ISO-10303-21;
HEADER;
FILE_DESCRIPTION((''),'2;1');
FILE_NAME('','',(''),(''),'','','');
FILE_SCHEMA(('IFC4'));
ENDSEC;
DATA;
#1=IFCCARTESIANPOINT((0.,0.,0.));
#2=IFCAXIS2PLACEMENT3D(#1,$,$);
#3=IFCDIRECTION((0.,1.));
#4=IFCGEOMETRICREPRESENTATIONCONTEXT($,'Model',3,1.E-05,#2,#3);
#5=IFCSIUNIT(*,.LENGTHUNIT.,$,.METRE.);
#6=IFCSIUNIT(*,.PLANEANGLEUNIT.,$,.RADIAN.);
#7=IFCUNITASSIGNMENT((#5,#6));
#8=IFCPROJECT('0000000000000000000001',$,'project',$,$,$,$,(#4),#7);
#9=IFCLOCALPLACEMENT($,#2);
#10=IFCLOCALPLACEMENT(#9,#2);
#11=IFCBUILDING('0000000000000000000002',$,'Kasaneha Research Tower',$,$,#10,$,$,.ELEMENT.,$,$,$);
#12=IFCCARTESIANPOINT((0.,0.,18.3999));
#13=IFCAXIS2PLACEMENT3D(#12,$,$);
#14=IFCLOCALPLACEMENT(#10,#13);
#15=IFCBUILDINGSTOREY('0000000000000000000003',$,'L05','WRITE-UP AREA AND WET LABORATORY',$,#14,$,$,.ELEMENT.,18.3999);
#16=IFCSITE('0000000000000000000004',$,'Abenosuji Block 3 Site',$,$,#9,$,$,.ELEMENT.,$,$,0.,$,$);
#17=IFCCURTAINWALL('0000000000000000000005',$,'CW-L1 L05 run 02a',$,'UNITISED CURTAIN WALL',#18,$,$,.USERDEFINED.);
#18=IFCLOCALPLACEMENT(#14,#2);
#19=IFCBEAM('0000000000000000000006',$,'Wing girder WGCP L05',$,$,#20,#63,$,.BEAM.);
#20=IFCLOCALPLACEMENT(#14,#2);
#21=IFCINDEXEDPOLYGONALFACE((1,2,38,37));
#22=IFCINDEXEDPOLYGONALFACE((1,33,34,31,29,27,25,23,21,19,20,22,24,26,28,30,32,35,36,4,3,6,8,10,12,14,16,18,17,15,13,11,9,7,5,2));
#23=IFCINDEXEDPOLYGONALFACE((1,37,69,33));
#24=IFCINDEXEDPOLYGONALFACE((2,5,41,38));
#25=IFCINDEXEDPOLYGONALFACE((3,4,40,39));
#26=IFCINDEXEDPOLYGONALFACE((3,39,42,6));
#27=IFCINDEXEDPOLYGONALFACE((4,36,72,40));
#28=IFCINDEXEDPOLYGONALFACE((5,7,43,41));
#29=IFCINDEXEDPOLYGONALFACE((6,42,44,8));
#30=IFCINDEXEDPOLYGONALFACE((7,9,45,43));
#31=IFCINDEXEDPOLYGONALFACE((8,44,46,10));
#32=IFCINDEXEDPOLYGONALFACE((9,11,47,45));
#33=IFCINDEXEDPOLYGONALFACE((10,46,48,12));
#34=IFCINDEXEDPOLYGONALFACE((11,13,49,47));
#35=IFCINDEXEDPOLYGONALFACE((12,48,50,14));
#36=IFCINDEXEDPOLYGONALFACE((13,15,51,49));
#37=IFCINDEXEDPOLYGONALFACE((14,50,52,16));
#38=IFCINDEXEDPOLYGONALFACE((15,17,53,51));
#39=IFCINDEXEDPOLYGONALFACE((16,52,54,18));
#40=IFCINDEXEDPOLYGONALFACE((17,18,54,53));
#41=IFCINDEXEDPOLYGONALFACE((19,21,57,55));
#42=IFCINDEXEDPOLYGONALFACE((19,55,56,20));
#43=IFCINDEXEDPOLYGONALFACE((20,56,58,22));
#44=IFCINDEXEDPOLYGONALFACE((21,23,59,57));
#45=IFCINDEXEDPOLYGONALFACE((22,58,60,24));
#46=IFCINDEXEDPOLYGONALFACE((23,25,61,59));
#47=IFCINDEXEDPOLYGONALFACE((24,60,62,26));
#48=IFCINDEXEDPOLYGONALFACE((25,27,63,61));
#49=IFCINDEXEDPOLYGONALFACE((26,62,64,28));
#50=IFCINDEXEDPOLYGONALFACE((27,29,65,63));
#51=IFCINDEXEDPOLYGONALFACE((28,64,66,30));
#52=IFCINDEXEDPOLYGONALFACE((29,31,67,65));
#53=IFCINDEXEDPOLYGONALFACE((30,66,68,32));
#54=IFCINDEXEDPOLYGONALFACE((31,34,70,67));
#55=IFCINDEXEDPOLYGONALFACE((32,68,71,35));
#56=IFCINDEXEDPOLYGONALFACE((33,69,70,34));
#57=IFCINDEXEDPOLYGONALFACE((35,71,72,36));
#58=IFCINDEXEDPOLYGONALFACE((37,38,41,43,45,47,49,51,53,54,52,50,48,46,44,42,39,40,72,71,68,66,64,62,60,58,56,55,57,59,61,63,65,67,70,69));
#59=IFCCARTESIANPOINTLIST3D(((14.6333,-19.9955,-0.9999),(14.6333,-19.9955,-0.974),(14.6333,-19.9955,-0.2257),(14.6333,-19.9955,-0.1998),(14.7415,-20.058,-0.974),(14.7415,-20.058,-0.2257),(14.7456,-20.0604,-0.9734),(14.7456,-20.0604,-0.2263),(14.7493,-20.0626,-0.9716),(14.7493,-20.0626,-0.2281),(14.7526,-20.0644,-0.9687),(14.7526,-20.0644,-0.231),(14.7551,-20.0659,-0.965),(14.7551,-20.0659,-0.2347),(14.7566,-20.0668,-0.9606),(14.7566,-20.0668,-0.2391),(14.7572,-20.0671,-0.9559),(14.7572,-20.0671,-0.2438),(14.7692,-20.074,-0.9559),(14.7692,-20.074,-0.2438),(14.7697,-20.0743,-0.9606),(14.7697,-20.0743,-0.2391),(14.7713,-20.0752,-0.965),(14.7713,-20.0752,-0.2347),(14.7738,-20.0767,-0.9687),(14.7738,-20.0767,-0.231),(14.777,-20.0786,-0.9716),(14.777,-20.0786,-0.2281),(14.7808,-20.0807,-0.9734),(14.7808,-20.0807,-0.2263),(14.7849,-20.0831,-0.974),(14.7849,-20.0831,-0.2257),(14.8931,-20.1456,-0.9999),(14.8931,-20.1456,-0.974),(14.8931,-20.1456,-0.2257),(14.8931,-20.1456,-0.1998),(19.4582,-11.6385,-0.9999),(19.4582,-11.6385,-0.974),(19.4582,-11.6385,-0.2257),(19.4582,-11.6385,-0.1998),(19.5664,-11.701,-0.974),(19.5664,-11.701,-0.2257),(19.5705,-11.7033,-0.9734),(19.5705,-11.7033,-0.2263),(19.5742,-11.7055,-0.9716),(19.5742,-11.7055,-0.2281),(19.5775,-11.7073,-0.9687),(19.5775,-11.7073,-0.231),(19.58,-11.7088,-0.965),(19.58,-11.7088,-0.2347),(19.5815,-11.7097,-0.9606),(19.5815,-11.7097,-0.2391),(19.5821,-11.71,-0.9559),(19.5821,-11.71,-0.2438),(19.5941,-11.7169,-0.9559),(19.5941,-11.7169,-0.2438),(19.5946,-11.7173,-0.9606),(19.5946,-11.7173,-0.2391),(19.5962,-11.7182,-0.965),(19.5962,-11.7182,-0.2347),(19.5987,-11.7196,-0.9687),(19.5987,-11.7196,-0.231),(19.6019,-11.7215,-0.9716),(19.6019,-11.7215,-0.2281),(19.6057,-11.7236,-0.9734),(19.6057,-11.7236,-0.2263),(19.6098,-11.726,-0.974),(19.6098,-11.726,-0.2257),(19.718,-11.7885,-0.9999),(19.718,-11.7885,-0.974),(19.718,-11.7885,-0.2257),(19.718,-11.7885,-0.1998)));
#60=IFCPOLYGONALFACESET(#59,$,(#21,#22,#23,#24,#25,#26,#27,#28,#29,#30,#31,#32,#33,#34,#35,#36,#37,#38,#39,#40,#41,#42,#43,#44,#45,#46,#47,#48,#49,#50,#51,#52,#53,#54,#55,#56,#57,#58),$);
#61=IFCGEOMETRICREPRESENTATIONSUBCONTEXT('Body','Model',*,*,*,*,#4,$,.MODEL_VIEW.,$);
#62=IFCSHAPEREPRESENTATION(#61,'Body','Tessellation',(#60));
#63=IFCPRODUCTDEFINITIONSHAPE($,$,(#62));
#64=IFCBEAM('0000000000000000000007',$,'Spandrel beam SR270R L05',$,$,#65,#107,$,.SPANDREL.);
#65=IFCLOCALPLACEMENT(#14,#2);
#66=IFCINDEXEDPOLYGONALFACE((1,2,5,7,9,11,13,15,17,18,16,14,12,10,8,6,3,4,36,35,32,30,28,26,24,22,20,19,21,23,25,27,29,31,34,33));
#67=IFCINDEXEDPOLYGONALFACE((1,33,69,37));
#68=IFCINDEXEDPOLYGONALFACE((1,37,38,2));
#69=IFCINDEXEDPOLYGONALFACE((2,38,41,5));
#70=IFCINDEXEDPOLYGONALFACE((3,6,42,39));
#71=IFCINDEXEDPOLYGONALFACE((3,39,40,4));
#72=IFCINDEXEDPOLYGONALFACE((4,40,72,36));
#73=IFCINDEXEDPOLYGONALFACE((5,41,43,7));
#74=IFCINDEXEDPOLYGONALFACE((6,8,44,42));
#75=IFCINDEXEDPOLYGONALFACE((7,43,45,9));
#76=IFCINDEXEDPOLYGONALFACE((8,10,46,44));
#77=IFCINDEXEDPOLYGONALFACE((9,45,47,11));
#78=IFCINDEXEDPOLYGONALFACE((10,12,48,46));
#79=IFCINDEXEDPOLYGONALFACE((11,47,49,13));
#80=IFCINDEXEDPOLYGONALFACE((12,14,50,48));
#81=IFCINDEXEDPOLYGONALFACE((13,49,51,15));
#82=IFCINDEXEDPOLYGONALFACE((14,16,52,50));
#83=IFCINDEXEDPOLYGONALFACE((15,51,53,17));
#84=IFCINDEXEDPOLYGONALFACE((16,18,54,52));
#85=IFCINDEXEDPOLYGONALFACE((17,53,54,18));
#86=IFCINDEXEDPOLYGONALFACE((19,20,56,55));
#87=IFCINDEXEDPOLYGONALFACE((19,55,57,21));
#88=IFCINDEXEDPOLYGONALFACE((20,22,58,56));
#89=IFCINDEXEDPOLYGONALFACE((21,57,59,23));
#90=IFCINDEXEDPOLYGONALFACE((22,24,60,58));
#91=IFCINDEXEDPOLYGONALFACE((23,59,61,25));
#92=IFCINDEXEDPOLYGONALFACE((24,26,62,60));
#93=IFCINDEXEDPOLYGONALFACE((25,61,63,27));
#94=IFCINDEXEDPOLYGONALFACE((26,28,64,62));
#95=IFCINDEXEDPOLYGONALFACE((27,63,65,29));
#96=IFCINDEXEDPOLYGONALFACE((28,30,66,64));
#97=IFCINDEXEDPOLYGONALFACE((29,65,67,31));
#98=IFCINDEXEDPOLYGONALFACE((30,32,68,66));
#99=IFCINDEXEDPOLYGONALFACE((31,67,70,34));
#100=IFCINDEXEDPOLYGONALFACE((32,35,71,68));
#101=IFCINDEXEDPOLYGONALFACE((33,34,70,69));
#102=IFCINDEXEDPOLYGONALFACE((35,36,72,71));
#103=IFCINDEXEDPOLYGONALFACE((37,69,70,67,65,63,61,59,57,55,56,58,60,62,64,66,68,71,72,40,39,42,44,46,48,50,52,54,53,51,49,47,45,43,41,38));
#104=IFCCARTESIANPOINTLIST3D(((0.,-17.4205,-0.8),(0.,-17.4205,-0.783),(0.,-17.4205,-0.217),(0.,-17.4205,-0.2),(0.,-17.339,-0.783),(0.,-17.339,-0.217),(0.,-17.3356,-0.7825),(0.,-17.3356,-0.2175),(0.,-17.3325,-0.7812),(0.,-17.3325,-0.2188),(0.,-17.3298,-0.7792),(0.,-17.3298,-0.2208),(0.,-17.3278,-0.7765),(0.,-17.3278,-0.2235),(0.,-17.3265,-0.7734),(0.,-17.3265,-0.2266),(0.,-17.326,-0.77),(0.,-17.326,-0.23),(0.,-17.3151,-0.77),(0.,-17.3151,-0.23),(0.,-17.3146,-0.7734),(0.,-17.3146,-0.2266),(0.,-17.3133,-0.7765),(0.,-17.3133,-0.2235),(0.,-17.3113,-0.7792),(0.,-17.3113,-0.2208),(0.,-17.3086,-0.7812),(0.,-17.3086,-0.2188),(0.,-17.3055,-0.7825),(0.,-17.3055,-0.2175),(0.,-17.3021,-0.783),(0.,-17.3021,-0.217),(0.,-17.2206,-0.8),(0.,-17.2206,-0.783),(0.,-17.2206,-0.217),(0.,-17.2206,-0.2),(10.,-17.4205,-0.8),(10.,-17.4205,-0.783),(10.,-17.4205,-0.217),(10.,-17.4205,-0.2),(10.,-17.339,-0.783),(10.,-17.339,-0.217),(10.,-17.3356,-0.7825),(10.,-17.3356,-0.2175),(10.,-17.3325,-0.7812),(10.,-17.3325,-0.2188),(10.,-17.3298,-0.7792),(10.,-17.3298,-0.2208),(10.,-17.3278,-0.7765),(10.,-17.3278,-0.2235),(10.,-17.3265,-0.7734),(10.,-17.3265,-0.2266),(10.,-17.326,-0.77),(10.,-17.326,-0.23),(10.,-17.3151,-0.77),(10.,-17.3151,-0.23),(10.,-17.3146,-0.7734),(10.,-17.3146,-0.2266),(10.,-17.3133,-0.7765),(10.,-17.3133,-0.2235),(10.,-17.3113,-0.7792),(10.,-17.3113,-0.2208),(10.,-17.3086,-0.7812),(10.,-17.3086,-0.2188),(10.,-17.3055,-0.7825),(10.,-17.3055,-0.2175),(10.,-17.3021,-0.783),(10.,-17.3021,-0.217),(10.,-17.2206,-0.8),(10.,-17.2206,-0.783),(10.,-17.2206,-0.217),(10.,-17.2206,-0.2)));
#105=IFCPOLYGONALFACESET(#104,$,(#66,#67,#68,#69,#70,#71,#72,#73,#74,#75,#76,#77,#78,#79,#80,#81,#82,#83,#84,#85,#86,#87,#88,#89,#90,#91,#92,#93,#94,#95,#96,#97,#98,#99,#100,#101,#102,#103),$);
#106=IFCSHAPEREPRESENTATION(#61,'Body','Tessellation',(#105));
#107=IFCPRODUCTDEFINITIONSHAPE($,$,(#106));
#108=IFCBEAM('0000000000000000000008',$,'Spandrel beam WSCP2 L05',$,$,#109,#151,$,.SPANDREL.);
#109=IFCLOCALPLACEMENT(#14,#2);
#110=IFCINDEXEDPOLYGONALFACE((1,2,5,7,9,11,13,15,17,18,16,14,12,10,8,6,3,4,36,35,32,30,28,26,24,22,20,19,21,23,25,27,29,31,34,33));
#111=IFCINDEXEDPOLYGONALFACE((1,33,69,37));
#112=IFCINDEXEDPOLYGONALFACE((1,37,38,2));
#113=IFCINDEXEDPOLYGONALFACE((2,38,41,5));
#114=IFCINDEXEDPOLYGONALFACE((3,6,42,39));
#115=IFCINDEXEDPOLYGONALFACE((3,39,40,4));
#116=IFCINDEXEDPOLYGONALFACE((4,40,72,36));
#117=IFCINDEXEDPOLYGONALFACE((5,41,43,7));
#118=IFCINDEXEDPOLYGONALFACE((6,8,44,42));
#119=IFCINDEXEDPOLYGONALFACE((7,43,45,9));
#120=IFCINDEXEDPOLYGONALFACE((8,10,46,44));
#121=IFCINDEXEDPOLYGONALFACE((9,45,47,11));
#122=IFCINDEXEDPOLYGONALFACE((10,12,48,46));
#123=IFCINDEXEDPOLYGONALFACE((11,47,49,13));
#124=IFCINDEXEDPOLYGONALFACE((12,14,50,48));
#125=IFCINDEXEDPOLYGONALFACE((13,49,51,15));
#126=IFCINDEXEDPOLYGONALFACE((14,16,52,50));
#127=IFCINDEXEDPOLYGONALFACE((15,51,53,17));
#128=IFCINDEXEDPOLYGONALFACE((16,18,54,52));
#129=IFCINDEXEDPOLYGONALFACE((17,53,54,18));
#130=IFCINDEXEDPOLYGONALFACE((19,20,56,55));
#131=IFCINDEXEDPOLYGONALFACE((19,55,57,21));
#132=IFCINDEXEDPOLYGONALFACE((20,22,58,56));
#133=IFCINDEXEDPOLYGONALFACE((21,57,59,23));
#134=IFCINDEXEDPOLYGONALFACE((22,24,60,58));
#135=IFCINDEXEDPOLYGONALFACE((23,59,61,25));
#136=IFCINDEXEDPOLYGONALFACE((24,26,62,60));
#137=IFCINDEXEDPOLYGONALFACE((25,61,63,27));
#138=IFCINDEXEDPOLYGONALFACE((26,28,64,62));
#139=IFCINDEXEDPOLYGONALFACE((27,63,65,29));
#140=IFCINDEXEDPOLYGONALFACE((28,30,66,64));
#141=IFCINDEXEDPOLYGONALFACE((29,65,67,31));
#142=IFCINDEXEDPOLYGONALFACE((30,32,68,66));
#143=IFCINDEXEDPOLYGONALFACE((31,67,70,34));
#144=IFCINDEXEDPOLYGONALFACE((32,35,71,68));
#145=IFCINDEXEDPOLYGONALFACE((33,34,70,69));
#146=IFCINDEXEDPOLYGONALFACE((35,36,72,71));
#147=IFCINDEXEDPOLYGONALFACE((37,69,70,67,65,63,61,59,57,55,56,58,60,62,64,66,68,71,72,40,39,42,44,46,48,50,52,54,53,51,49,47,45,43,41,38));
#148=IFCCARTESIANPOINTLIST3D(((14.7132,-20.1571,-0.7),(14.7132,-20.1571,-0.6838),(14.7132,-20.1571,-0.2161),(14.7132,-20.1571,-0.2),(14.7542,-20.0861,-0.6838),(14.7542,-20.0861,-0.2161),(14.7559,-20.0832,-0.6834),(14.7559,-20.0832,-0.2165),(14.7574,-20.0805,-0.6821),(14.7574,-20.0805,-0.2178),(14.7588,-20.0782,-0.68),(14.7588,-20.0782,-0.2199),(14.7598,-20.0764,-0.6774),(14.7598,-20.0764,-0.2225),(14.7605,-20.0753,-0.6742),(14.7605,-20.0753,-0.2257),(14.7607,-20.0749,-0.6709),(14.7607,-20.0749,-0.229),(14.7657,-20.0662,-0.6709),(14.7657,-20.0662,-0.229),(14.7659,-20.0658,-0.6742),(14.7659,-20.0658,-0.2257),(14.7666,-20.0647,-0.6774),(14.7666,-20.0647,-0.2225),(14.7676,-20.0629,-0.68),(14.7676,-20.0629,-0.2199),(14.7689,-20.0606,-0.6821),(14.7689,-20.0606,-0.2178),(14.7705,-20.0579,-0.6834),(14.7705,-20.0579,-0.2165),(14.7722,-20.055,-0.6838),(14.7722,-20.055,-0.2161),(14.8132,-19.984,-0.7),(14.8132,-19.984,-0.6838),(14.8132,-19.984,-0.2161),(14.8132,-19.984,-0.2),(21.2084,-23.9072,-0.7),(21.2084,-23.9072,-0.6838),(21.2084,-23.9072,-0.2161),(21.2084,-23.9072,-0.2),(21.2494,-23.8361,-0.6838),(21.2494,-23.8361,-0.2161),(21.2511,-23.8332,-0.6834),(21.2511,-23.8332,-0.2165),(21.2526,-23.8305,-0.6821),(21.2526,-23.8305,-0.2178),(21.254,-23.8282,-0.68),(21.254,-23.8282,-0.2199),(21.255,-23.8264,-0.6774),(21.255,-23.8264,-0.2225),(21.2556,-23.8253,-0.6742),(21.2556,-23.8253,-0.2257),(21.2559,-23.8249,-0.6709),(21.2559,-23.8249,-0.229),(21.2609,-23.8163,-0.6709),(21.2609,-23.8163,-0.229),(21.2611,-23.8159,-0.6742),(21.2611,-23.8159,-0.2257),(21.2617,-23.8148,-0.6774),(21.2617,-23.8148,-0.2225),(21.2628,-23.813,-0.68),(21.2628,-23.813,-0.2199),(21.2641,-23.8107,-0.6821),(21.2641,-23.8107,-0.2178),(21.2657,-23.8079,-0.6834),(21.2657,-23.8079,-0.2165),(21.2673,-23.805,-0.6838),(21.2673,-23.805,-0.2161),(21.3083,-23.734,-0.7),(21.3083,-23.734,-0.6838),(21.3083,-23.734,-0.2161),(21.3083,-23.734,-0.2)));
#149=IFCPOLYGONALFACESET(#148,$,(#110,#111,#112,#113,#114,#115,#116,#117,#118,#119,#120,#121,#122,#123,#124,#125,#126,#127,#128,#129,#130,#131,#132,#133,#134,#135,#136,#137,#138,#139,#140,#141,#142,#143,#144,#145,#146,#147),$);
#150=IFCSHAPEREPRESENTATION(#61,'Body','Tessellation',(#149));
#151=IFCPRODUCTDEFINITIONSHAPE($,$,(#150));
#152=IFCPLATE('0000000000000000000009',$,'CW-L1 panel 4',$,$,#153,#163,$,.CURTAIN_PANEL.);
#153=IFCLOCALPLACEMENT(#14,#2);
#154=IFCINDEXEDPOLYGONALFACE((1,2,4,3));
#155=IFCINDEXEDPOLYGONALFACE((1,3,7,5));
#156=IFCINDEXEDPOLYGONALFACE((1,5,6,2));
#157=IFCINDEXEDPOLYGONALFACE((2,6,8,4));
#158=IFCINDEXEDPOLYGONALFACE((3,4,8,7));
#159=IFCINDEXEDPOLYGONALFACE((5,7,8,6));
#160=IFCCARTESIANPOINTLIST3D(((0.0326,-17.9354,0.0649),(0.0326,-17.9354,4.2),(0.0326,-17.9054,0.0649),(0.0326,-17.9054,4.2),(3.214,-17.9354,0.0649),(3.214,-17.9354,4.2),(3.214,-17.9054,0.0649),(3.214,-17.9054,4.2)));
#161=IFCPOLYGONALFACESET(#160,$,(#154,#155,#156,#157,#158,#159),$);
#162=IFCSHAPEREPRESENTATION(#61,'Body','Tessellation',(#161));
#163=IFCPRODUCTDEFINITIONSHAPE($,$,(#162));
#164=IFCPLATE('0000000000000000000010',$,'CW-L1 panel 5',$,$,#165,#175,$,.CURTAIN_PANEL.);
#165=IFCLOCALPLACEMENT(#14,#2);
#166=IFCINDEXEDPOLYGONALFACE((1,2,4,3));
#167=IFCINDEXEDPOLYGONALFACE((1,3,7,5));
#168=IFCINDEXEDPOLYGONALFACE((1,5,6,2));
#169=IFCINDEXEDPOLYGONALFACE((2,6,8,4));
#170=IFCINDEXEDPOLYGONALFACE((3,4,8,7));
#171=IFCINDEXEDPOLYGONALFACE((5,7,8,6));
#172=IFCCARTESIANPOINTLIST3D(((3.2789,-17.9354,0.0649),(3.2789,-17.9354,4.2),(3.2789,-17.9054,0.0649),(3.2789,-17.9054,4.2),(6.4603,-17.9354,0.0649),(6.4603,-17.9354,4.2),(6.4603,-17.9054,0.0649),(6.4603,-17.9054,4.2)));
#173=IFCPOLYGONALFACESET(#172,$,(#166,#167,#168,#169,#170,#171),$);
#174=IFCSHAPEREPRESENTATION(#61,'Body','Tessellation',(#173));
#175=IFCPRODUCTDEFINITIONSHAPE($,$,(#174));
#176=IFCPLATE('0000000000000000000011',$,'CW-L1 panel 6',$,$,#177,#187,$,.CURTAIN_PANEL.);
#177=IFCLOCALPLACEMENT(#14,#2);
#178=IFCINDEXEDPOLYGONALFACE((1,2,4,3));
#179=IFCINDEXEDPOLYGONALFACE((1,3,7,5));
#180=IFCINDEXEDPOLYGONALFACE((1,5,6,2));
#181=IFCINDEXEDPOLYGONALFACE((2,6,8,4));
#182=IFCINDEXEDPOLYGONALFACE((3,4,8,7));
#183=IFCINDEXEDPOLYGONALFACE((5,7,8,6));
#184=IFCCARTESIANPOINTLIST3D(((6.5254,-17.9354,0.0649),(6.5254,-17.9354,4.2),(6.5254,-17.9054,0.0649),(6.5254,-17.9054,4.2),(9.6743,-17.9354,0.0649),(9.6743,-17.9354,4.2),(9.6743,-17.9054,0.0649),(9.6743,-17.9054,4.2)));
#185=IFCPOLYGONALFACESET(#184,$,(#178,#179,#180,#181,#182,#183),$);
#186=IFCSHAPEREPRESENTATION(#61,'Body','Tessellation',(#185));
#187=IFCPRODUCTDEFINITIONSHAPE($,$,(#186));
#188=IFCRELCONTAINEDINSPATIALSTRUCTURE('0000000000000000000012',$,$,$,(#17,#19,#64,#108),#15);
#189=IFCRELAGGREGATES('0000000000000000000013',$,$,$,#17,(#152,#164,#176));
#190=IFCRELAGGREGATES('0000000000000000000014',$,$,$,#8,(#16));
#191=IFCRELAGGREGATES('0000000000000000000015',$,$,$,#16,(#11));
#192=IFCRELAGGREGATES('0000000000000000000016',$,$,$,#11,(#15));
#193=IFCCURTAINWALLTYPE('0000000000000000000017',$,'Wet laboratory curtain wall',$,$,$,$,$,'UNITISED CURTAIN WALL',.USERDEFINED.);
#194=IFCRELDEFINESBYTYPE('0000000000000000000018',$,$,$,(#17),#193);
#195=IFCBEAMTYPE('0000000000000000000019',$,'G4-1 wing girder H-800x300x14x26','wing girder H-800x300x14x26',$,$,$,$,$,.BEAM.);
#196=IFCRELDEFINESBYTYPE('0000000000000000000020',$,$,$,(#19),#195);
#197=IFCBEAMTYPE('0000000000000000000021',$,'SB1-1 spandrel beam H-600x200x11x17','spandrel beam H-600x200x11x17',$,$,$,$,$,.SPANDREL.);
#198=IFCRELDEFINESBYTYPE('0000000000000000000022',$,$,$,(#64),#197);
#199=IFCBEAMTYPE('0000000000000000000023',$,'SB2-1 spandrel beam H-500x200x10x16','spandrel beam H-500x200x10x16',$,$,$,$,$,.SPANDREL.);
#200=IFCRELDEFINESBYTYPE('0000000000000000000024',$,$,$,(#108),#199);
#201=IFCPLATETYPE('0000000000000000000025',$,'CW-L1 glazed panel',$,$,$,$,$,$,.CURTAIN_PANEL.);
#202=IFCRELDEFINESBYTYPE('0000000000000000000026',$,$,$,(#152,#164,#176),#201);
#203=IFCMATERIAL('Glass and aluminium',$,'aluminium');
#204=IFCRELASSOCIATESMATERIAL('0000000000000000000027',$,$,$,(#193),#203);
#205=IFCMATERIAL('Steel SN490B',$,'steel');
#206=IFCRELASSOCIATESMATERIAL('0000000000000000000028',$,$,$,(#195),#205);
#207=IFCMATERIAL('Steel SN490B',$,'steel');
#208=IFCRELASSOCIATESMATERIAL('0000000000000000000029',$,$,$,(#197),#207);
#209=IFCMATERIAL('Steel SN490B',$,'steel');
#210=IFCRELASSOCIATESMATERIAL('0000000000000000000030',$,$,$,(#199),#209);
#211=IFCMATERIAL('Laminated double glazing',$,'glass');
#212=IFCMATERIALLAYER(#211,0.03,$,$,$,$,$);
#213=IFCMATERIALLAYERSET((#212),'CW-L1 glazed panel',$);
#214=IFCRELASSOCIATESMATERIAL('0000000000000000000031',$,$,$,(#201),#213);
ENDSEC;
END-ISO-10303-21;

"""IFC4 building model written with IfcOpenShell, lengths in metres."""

from ifc_helpers import new_model, si_unit, direction, frame, origin, origin_2d, place, context, subcontext, project, spatial, rectangle, i_section, extrude, material, layer, layer_set, material_profile, profile_set, type_object, element, aggregate, save


model = new_model("IFC4")

# Units and contexts
model_context = context("Model", 3, precision=1e-05, world=origin(), true_north=direction((0.0, 1.0)))
body_context = subcontext(model_context, "Body", "Model", "MODEL_VIEW")
ifc_project = project(units=[si_unit("LENGTHUNIT", "METRE"), si_unit("PLANEANGLEUNIT", "RADIAN")], contexts=[model_context])

# Site, building, storey
site_placement = place(None, origin())
site = spatial("IfcSite", under=ifc_project, at=site_placement, Name="Abenosuji Block 3 Site", CompositionType="ELEMENT", RefElevation=0.0)
building_placement = place(site_placement, origin())
building = spatial("IfcBuilding", under=site, at=building_placement, Name="Kasaneha Research Tower", CompositionType="ELEMENT")
storey_placement = place(building_placement, frame((0.0, 0.0, 18.3999)))
storey = spatial("IfcBuildingStorey", under=building, at=storey_placement, Name="L05", Description="WRITE-UP AREA AND WET LABORATORY", CompositionType="ELEMENT", Elevation=18.3999)

# Curtain wall
ifc_material_1 = material(Name="Glass and aluminium", Category="aluminium")
curtain_wall_type = type_object("IfcCurtainWallType", Name="Wet laboratory curtain wall", ElementType="UNITISED CURTAIN WALL", PredefinedType="USERDEFINED", material=ifc_material_1)
curtain_wall_1_placement = place(storey_placement, origin())
curtain_wall_1 = element("IfcCurtainWall", 1, at=curtain_wall_1_placement, inside=storey, type_object=curtain_wall_type, Name="CW-L1 L05 run 02a", ObjectType="UNITISED CURTAIN WALL", PredefinedType="USERDEFINED")

# Beams
ifc_material_2 = material(Name="Steel SN490B", Category="steel")
ifc_material_profile_1 = material_profile(ifc_material_2, i_section(OverallWidth=0.3, OverallDepth=0.8, WebThickness=0.0139, FlangeThickness=0.0259, FilletRadius=0.0181, at=origin_2d()), Name="H-800x300x14x26")
ifc_profile_set_1 = profile_set([ifc_material_profile_1], Name="Steel SN490B")
beam_type_1 = type_object("IfcBeamType", Name="G4-1 wing girder H-800x300x14x26", Description="wing girder H-800x300x14x26", PredefinedType="BEAM", material=ifc_profile_set_1)
beam_1_placement = place(storey_placement, frame((14.7632, -20.0706, -0.5999), z_axis=(0.499995, 0.866028, 0.0), x_axis=(-0.866028, 0.499995, 0.0)))
element("IfcBeam", 2, at=beam_1_placement, inside=storey, type_object=beam_type_1, Name="Wing girder WGCP L05", PredefinedType="BEAM", context=body_context, shape_type="SweptSolid", body=[
    extrude(i_section(OverallWidth=0.3, OverallDepth=0.8, WebThickness=0.0139, FlangeThickness=0.0259, FilletRadius=0.0181, at=origin_2d()), origin(), (0.0, 0.0, 1.0), 9.6499),
])
ifc_material_3 = material(Name="Steel SN490B", Category="steel")
ifc_material_profile_2 = material_profile(ifc_material_3, i_section(OverallWidth=0.2, OverallDepth=0.6001, WebThickness=0.011, FlangeThickness=0.0171, FilletRadius=0.0129, at=origin_2d()), Name="H-600x200x11x17")
ifc_profile_set_2 = profile_set([ifc_material_profile_2], Name="Steel SN490B")
beam_type_2 = type_object("IfcBeamType", Name="SB1-1 spandrel beam H-600x200x11x17", Description="spandrel beam H-600x200x11x17", PredefinedType="SPANDREL", material=ifc_profile_set_2)
beam_2_placement = place(storey_placement, frame((10.0, -17.3206, -0.5), z_axis=(-1.0, 0.0, 0.0), x_axis=(0.0, -1.0, 0.0)))
element("IfcBeam", 3, at=beam_2_placement, inside=storey, type_object=beam_type_2, Name="Spandrel beam SR270R L05", PredefinedType="SPANDREL", context=body_context, shape_type="SweptSolid", body=[
    extrude(i_section(OverallWidth=0.2, OverallDepth=0.6001, WebThickness=0.011, FlangeThickness=0.0171, FilletRadius=0.0129, at=origin_2d()), origin(), (0.0, 0.0, 1.0), 10.0),
])
ifc_material_4 = material(Name="Steel SN490B", Category="steel")
ifc_material_profile_3 = material_profile(ifc_material_4, i_section(OverallWidth=0.2, OverallDepth=0.5, WebThickness=0.01, FlangeThickness=0.0161, FilletRadius=0.0129, at=origin_2d()), Name="H-500x200x10x16")
ifc_profile_set_3 = profile_set([ifc_material_profile_3], Name="Steel SN490B")
beam_type_3 = type_object("IfcBeamType", Name="SB2-1 spandrel beam H-500x200x10x16", Description="spandrel beam H-500x200x10x16", PredefinedType="SPANDREL", material=ifc_profile_set_3)
beam_3_placement = place(storey_placement, frame((14.7632, -20.0706, -0.45), z_axis=(0.866023, -0.500004, 0.0), x_axis=(0.500004, 0.866023, 0.0)))
element("IfcBeam", 4, at=beam_3_placement, inside=storey, type_object=beam_type_3, Name="Spandrel beam WSCP2 L05", PredefinedType="SPANDREL", context=body_context, shape_type="SweptSolid", body=[
    extrude(i_section(OverallWidth=0.2, OverallDepth=0.5, WebThickness=0.01, FlangeThickness=0.0161, FilletRadius=0.0129, at=origin_2d()), origin(), (0.0, 0.0, 1.0), 7.5),
])

# Plates
ifc_material_5 = material(Name="Laminated double glazing", Category="glass")
ifc_layer_1 = layer(ifc_material_5, 0.03)
ifc_layer_set_1 = layer_set([ifc_layer_1], Name="CW-L1 glazed panel")
plate_type = type_object("IfcPlateType", Name="CW-L1 glazed panel", PredefinedType="CURTAIN_PANEL", material=ifc_layer_set_1)
plate_1_placement = place(storey_placement, frame((1.6233, -17.9204, 0.0649), z_axis=(0.0, 0.0, 1.0), x_axis=(1.0, 0.0, 0.0)))
plate_1 = element("IfcPlate", 5, at=plate_1_placement, type_object=plate_type, Name="CW-L1 panel 4", PredefinedType="CURTAIN_PANEL", context=body_context, shape_type="SweptSolid", body=[
    extrude(rectangle(XDim=3.1814, YDim=0.03, at=origin_2d()), origin(), (0.0, 0.0, 1.0), 4.135),
])
plate_2_placement = place(storey_placement, frame((4.8696, -17.9204, 0.0649), z_axis=(0.0, 0.0, 1.0), x_axis=(1.0, 0.0, 0.0)))
plate_2 = element("IfcPlate", 6, at=plate_2_placement, type_object=plate_type, Name="CW-L1 panel 5", PredefinedType="CURTAIN_PANEL", context=body_context, shape_type="SweptSolid", body=[
    extrude(rectangle(XDim=3.1814, YDim=0.03, at=origin_2d()), origin(), (0.0, 0.0, 1.0), 4.135),
])
plate_3_placement = place(storey_placement, frame((8.0999, -17.9204, 0.0649), z_axis=(0.0, 0.0, 1.0), x_axis=(1.0, 0.0, 0.0)))
plate_3 = element("IfcPlate", 7, at=plate_3_placement, type_object=plate_type, Name="CW-L1 panel 6", PredefinedType="CURTAIN_PANEL", context=body_context, shape_type="SweptSolid", body=[
    extrude(rectangle(XDim=3.1489, YDim=0.03, at=origin_2d()), origin(), (0.0, 0.0, 1.0), 4.135),
])
aggregate(curtain_wall_1, [plate_1, plate_2, plate_3])

save(model, "model.ifc")
